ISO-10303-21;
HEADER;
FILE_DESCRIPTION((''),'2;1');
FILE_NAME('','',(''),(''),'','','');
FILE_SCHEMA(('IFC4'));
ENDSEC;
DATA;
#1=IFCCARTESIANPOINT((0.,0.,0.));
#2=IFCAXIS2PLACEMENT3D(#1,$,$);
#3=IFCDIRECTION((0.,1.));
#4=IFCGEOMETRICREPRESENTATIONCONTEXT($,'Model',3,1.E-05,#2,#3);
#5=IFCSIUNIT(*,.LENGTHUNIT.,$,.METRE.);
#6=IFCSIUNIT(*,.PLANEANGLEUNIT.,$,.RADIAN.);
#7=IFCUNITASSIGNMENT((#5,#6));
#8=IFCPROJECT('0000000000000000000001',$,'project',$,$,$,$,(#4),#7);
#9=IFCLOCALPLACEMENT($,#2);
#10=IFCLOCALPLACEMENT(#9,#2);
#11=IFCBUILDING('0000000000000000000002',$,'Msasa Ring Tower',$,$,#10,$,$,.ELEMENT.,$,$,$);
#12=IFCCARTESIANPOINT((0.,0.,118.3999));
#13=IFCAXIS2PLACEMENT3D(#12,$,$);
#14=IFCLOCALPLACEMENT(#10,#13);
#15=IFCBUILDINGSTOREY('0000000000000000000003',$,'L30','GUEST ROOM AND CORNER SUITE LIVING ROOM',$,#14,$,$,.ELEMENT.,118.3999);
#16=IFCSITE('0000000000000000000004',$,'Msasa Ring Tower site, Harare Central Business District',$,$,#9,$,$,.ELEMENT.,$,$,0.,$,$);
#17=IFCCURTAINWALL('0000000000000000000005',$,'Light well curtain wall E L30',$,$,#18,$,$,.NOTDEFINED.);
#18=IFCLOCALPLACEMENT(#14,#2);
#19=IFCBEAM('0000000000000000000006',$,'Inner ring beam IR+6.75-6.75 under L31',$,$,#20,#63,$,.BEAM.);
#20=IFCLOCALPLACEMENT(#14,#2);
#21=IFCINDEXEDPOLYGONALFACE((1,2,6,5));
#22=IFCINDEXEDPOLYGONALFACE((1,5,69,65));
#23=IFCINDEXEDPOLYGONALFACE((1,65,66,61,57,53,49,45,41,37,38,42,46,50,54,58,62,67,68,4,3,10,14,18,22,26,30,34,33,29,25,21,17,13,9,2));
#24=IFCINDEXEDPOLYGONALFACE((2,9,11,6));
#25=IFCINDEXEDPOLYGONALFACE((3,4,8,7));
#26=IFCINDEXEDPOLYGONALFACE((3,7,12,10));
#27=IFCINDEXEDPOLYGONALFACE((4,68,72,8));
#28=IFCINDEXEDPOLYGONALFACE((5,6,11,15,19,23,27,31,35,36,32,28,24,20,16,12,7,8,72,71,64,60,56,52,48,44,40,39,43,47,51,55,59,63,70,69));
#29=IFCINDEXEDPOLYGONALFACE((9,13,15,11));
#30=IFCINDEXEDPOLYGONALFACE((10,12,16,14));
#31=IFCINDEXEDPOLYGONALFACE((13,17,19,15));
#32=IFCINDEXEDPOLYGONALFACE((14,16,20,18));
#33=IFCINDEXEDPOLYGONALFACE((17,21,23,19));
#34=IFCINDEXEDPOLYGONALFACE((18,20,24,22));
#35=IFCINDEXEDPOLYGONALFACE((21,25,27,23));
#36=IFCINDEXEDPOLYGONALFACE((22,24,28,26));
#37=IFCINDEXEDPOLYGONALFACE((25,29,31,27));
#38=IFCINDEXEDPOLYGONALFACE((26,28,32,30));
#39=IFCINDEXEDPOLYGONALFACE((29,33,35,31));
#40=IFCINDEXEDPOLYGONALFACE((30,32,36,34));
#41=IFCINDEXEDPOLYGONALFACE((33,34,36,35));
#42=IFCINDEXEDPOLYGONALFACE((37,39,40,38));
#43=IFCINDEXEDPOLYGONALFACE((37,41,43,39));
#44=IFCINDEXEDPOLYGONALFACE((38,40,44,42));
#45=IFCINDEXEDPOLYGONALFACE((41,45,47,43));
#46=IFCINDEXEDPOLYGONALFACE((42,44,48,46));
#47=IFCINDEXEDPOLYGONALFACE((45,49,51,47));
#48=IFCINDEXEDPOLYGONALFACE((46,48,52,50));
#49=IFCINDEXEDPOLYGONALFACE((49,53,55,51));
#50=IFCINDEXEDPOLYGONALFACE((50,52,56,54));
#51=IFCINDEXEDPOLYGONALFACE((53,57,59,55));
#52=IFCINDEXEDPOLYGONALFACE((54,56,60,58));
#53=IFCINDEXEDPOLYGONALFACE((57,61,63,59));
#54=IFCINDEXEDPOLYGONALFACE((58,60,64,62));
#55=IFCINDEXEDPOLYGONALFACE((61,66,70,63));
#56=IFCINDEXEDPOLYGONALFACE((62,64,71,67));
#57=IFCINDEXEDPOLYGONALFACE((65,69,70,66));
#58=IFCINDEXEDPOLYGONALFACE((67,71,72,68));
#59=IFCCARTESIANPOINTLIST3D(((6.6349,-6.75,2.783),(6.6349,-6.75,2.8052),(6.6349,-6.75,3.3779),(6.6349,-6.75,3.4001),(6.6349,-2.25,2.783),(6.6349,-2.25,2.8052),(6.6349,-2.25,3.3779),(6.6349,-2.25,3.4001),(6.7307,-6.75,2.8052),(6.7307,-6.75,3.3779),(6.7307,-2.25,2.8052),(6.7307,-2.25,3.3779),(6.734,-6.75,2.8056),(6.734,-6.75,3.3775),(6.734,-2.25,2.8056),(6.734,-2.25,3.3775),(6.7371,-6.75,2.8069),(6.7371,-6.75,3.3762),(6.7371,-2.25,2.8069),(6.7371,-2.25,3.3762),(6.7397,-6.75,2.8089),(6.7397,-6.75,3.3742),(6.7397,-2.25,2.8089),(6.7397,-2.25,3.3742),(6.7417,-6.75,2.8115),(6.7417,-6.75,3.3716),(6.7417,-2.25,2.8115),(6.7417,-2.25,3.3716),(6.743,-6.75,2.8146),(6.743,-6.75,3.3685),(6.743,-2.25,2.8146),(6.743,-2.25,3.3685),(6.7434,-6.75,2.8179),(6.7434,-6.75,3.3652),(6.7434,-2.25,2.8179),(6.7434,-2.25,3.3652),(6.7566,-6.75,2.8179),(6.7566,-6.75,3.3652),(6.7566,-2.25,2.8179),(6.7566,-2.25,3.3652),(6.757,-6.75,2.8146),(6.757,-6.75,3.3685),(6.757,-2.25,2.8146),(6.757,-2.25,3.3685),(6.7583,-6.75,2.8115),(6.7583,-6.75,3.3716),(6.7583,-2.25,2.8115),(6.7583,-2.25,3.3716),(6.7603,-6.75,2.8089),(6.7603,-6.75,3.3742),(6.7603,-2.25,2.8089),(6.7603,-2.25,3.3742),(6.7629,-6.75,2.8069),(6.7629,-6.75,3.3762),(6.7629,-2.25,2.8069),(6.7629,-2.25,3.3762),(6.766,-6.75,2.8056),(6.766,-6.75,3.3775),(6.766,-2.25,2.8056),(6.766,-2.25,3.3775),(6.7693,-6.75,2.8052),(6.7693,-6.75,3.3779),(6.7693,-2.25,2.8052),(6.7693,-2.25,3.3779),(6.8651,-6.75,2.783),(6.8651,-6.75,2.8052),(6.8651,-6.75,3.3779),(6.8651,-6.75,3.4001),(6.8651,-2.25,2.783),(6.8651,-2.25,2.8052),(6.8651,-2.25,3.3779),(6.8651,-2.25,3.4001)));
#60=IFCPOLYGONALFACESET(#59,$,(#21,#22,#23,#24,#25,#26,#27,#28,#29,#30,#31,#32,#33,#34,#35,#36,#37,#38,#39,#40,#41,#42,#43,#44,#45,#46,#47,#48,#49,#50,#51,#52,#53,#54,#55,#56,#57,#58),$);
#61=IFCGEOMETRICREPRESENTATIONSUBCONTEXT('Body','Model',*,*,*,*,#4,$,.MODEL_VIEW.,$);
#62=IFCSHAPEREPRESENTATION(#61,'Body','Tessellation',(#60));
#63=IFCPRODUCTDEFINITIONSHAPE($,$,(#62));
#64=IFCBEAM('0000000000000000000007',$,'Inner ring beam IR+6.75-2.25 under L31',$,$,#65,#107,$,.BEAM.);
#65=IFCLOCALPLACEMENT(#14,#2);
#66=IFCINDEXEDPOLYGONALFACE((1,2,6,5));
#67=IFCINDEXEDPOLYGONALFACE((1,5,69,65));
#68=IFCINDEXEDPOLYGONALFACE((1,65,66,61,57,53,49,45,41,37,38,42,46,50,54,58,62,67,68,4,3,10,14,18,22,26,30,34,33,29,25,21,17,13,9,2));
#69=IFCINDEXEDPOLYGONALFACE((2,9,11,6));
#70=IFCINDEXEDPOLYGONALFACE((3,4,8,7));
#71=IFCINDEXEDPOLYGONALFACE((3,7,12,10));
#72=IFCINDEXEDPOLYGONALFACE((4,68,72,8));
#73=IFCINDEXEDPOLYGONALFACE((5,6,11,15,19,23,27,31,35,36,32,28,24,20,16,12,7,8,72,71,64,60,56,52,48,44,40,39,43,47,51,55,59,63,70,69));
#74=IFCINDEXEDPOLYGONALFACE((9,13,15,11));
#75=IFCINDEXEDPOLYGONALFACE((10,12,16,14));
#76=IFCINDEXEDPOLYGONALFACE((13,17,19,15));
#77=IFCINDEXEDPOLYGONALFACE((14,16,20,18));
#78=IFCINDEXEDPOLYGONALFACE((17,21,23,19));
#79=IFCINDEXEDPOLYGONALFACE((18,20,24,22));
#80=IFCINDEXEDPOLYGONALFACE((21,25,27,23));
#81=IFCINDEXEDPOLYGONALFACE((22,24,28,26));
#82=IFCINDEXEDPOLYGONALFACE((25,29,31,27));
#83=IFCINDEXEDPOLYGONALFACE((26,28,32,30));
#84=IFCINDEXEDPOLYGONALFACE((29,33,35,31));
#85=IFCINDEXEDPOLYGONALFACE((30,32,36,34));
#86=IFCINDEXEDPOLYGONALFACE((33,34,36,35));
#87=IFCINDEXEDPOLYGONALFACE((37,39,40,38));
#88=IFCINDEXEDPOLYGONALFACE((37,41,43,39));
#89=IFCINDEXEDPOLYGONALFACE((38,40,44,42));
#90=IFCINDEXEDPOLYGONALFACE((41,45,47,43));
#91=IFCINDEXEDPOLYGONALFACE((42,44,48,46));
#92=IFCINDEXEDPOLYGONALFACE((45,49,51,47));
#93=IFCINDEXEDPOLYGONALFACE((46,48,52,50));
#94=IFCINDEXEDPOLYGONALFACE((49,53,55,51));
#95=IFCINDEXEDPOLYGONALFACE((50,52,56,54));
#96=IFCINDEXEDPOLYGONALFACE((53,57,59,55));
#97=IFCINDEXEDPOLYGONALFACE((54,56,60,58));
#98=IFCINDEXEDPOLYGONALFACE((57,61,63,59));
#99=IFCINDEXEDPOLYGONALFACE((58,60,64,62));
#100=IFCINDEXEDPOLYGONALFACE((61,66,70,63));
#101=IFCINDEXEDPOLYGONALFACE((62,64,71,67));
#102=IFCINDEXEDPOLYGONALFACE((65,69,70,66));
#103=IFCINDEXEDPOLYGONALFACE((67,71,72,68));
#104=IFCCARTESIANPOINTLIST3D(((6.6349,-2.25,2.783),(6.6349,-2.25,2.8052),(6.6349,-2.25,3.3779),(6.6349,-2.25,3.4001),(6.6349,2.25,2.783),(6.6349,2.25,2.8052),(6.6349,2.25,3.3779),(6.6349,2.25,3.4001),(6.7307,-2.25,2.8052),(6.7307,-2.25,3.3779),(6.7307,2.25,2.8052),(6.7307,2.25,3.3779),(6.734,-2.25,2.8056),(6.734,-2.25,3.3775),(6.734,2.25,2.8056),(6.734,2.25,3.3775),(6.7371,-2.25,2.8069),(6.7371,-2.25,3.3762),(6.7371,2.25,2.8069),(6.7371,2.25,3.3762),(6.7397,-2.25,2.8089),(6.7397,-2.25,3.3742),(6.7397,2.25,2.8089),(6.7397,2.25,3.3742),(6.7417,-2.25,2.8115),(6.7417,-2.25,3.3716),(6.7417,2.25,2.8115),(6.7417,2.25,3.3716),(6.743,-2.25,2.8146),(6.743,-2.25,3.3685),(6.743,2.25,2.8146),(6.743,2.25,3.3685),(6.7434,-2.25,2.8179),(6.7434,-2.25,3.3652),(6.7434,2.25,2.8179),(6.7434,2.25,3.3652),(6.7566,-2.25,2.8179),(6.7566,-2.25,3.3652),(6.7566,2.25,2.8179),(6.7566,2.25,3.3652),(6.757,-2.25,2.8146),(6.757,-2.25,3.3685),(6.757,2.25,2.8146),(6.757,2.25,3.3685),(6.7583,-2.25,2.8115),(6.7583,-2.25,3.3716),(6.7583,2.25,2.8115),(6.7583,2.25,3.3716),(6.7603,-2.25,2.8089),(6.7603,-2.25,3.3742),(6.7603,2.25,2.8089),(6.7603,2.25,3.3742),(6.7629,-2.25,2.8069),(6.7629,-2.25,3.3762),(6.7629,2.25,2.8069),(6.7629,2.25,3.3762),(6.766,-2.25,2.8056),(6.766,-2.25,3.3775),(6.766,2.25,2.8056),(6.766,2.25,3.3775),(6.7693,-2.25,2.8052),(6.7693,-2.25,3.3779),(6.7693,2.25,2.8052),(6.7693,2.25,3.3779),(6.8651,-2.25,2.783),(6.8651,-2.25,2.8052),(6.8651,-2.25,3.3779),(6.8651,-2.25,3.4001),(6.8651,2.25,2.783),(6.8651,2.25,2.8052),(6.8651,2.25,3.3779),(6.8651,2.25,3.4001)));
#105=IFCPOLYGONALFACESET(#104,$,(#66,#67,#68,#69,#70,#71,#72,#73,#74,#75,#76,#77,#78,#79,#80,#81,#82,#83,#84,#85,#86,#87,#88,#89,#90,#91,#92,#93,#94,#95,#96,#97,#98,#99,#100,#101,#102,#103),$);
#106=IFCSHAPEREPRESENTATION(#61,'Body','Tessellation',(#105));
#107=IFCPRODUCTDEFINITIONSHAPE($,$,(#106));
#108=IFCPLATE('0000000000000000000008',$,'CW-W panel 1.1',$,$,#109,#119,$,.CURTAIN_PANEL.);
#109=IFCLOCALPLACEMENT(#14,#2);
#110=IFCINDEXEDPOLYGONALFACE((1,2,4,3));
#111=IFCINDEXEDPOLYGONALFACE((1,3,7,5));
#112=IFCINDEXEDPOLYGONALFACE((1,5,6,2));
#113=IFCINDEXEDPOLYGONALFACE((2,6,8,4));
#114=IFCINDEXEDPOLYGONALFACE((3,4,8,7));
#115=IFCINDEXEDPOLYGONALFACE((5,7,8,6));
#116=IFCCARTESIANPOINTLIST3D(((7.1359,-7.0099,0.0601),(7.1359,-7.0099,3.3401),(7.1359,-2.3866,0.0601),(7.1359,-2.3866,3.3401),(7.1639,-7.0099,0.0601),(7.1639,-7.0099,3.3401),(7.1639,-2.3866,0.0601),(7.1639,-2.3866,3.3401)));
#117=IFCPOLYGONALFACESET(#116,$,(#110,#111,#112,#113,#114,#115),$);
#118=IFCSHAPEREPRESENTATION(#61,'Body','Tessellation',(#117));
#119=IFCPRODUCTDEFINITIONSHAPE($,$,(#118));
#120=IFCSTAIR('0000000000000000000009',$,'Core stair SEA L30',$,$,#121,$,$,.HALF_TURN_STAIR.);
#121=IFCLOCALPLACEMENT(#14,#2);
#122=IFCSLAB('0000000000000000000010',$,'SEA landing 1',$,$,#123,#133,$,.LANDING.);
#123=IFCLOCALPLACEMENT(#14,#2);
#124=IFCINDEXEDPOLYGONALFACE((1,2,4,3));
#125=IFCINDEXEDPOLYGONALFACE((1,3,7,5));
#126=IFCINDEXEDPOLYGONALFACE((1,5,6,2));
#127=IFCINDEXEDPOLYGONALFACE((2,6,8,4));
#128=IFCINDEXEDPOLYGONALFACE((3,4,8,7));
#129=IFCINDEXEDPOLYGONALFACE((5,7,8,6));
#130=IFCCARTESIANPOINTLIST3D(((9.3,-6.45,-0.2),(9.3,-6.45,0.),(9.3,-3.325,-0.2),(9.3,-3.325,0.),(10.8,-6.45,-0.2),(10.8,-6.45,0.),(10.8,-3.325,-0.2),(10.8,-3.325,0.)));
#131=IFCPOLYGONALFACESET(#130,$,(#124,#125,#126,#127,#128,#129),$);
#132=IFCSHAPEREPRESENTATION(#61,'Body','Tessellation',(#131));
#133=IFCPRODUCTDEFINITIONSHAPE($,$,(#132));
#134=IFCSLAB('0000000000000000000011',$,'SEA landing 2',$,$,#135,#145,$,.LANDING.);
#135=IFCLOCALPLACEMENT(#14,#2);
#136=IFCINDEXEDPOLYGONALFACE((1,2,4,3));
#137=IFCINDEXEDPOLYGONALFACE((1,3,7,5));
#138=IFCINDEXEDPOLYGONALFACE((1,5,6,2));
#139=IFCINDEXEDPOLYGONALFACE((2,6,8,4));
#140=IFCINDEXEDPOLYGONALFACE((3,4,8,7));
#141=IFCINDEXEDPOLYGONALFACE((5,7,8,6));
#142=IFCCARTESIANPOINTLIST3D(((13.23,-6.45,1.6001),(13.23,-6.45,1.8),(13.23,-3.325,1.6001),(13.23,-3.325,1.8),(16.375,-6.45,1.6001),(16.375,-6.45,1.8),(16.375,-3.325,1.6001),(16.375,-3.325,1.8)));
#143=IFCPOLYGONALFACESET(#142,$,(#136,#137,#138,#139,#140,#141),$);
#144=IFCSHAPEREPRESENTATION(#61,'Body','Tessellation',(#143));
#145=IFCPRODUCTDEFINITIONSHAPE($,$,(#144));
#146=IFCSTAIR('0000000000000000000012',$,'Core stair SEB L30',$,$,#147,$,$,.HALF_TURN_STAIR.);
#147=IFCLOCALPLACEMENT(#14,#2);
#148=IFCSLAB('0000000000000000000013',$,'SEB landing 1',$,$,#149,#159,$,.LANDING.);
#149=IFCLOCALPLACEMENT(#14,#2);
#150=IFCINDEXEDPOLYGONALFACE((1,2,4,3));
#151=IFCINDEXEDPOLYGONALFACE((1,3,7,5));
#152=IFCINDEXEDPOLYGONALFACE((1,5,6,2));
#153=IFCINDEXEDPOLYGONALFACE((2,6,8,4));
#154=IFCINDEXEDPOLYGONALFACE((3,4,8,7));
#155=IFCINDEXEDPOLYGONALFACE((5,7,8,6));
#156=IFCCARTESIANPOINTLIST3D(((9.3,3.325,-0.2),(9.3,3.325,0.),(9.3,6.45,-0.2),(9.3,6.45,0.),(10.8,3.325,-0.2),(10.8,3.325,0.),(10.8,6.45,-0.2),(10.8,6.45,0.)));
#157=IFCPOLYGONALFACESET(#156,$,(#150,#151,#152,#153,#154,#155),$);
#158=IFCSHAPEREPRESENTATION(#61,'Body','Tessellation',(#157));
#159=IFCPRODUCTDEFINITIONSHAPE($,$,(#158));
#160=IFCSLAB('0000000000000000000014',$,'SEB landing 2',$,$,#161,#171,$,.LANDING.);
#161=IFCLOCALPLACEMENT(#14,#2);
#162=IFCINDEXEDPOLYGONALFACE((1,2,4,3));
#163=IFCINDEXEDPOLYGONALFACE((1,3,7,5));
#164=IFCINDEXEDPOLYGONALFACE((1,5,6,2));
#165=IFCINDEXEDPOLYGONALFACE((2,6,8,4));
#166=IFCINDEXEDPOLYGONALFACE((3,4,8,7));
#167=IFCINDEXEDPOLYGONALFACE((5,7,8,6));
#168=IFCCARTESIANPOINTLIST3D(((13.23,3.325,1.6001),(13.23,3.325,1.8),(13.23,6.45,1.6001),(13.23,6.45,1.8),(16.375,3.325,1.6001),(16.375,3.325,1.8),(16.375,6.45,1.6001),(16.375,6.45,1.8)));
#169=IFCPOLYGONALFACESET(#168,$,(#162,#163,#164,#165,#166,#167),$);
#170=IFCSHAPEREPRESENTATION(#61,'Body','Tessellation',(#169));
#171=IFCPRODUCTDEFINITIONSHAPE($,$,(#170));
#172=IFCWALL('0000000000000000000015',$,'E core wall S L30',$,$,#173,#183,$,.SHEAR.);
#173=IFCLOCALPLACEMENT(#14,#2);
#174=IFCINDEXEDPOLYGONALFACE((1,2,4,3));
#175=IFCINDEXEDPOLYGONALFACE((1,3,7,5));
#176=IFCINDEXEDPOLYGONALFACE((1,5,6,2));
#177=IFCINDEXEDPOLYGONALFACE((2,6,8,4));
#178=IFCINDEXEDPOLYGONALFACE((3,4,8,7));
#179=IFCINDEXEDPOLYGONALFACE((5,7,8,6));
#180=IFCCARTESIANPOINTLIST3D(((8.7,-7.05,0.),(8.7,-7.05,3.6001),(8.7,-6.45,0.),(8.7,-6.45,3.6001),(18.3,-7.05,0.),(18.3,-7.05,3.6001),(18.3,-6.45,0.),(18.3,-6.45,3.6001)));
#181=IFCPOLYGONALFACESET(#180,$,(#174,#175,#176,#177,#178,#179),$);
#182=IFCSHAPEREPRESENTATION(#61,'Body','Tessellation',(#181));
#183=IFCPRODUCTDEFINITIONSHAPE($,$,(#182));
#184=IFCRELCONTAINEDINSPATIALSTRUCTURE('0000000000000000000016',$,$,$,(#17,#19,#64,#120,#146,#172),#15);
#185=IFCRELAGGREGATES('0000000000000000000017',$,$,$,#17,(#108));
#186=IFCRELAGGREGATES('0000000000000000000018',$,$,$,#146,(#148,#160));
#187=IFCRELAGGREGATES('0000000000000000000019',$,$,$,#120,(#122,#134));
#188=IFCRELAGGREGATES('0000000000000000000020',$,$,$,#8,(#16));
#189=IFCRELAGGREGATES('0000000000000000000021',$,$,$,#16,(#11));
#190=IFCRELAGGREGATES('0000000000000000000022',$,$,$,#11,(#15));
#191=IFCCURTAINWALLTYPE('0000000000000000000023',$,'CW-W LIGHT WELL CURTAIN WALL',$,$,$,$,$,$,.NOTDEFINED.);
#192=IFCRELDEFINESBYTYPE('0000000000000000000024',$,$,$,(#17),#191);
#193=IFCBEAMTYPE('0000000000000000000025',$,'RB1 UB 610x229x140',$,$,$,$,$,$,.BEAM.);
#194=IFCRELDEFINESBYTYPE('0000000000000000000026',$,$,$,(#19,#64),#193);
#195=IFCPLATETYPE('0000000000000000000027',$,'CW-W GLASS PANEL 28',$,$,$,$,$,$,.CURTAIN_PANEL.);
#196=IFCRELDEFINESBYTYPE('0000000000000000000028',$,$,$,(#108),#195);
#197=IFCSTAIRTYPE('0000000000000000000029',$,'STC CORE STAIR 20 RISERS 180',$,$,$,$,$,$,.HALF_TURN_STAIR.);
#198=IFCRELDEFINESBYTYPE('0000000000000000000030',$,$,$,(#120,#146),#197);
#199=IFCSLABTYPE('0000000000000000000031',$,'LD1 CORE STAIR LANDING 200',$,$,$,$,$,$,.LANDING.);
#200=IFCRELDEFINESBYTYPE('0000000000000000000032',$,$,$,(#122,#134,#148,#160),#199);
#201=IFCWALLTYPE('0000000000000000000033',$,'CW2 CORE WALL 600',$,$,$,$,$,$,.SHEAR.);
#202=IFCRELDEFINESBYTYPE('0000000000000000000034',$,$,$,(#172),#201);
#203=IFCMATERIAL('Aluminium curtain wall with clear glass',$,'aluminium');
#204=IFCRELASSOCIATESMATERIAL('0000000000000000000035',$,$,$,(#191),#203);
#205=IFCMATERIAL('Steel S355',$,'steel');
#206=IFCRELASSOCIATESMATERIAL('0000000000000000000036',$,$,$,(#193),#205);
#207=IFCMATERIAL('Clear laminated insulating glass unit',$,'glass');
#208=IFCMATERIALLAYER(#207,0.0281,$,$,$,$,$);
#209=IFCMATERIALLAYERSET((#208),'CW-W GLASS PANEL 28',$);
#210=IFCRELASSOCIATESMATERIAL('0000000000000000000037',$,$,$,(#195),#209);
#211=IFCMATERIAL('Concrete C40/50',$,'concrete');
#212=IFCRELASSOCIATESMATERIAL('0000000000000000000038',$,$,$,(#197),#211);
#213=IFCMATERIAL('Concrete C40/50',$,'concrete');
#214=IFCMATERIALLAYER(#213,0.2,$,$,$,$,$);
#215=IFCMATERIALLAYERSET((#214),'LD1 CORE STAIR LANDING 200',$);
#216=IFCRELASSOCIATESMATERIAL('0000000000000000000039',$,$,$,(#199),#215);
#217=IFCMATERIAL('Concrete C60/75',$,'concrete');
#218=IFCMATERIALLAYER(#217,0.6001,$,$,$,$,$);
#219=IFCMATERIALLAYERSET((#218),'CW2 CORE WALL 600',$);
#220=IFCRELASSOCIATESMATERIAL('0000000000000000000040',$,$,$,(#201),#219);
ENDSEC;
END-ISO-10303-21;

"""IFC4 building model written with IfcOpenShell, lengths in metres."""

from ifc_helpers import new_model, si_unit, direction, frame, frame_2d, origin, origin_2d, place, context, subcontext, project, spatial, polyline, rectangle, i_section, outline, extrude, material, layer, layer_set, material_profile, profile_set, type_object, element, aggregate, save


model = new_model("IFC4")

# Units and contexts
model_context = context("Model", 3, precision=1e-05, world=origin(), true_north=direction((0.0, 1.0)))
body_context = subcontext(model_context, "Body", "Model", "MODEL_VIEW")
ifc_project = project(units=[si_unit("LENGTHUNIT", "METRE"), si_unit("PLANEANGLEUNIT", "RADIAN")], contexts=[model_context])

# Site, building, storey
site_placement = place(None, origin())
site = spatial("IfcSite", under=ifc_project, at=site_placement, Name="Msasa Ring Tower site, Harare Central Business District", CompositionType="ELEMENT", RefElevation=0.0)
building_placement = place(site_placement, origin())
building = spatial("IfcBuilding", under=site, at=building_placement, Name="Msasa Ring Tower", CompositionType="ELEMENT")
storey_placement = place(building_placement, frame((0.0, 0.0, 118.3999)))
storey = spatial("IfcBuildingStorey", under=building, at=storey_placement, Name="L30", Description="GUEST ROOM AND CORNER SUITE LIVING ROOM", CompositionType="ELEMENT", Elevation=118.3999)

# Shared definitions
ifc_material_1 = material(Name="Aluminium curtain wall with clear glass", Category="aluminium")
curtain_wall_type = type_object("IfcCurtainWallType", Name="CW-W LIGHT WELL CURTAIN WALL", PredefinedType="NOTDEFINED", material=ifc_material_1)

# Curtain wall
curtain_wall_1_placement = place(storey_placement, origin())
curtain_wall_1 = element("IfcCurtainWall", 1, at=curtain_wall_1_placement, inside=storey, type_object=curtain_wall_type, Name="Light well curtain wall E L30", PredefinedType="NOTDEFINED")

# Beams
ifc_material_2 = material(Name="Steel S355", Category="steel")
ifc_material_profile_1 = material_profile(ifc_material_2, i_section(OverallWidth=0.2302, OverallDepth=0.6172, WebThickness=0.0132, FlangeThickness=0.0222, FilletRadius=0.0127, at=origin_2d()), Name="UB 610x229x140")
ifc_profile_set_1 = profile_set([ifc_material_profile_1], Name="Steel S355")
beam_type = type_object("IfcBeamType", Name="RB1 UB 610x229x140", PredefinedType="BEAM", material=ifc_profile_set_1)
for number, where, z_axis, x_axis, name in (
    (2, (6.75, -6.75, 3.0916), (0.0, 1.0, 0.0), (-1.0, 0.0, 0.0), "Inner ring beam IR+6.75-6.75 under L31"),
    (3, (6.75, -2.25, 3.0916), (0.0, 1.0, 0.0), (-1.0, 0.0, 0.0), "Inner ring beam IR+6.75-2.25 under L31"),
):
    element("IfcBeam", number, at=place(storey_placement, frame(where, z_axis=z_axis, x_axis=x_axis)), inside=storey, type_object=beam_type, Name=name, PredefinedType="BEAM", context=body_context, shape_type="SweptSolid", body=[
        extrude(i_section(OverallWidth=0.2302, OverallDepth=0.6172, WebThickness=0.0132, FlangeThickness=0.0222, FilletRadius=0.0127, at=origin_2d()), origin(), (0.0, 0.0, 1.0), 4.5),
    ])

# Plate
ifc_material_3 = material(Name="Clear laminated insulating glass unit", Category="glass")
ifc_layer_1 = layer(ifc_material_3, 0.0281)
ifc_layer_set_1 = layer_set([ifc_layer_1], Name="CW-W GLASS PANEL 28")
plate_type = type_object("IfcPlateType", Name="CW-W GLASS PANEL 28", PredefinedType="CURTAIN_PANEL", material=ifc_layer_set_1)
plate_placement = place(storey_placement, frame((7.1499, -4.6982, 0.0601), z_axis=(0.0, 0.0, 1.0), x_axis=(0.0, 1.0, 0.0)))
plate = element("IfcPlate", 4, at=plate_placement, type_object=plate_type, Name="CW-W panel 1.1", PredefinedType="CURTAIN_PANEL", context=body_context, shape_type="SweptSolid", body=[
    extrude(rectangle(XDim=4.6233, YDim=0.0281, at=origin_2d()), origin(), (0.0, 0.0, 1.0), 3.28),
])
aggregate(curtain_wall_1, [plate])

# Stairs, slabs
ifc_material_4 = material(Name="Concrete C40/50", Category="concrete")
stair_type = type_object("IfcStairType", Name="STC CORE STAIR 20 RISERS 180", PredefinedType="HALF_TURN_STAIR", material=ifc_material_4)
stair_1_placement = place(storey_placement, origin())
stair_1 = element("IfcStair", 5, at=stair_1_placement, inside=storey, type_object=stair_type, Name="Core stair SEA L30", PredefinedType="HALF_TURN_STAIR")
ifc_material_5 = material(Name="Concrete C40/50", Category="concrete")
ifc_layer_2 = layer(ifc_material_5, 0.2)
ifc_layer_set_2 = layer_set([ifc_layer_2], Name="LD1 CORE STAIR LANDING 200")
slab_type = type_object("IfcSlabType", Name="LD1 CORE STAIR LANDING 200", PredefinedType="LANDING", material=ifc_layer_set_2)
slab_1_placement = place(storey_placement, frame((0.0, 0.0, -0.2)))
slab_1 = element("IfcSlab", 6, at=slab_1_placement, type_object=slab_type, Name="SEA landing 1", PredefinedType="LANDING", context=body_context, shape_type="SweptSolid", body=[
    extrude(outline(polyline([(9.3, -6.45), (10.8, -6.45), (10.8, -3.325), (9.3, -3.325), (9.3, -6.45)])), origin(), (0.0, 0.0, 1.0), 0.2),
])
slab_2_placement = place(storey_placement, frame((0.0, 0.0, 1.6001)))
slab_2 = element("IfcSlab", 7, at=slab_2_placement, type_object=slab_type, Name="SEA landing 2", PredefinedType="LANDING", context=body_context, shape_type="SweptSolid", body=[
    extrude(outline(polyline([(13.23, -6.45), (16.375, -6.45), (16.375, -3.325), (13.23, -3.325), (13.23, -6.45)])), origin(), (0.0, 0.0, 1.0), 0.2),
])
stair_2_placement = place(storey_placement, origin())
stair_2 = element("IfcStair", 8, at=stair_2_placement, inside=storey, type_object=stair_type, Name="Core stair SEB L30", PredefinedType="HALF_TURN_STAIR")
slab_3_placement = place(storey_placement, frame((0.0, 0.0, -0.2)))
slab_3 = element("IfcSlab", 9, at=slab_3_placement, type_object=slab_type, Name="SEB landing 1", PredefinedType="LANDING", context=body_context, shape_type="SweptSolid", body=[
    extrude(outline(polyline([(9.3, 3.325), (10.8, 3.325), (10.8, 6.45), (9.3, 6.45), (9.3, 3.325)])), origin(), (0.0, 0.0, 1.0), 0.2),
])
slab_4_placement = place(storey_placement, frame((0.0, 0.0, 1.6001)))
slab_4 = element("IfcSlab", 10, at=slab_4_placement, type_object=slab_type, Name="SEB landing 2", PredefinedType="LANDING", context=body_context, shape_type="SweptSolid", body=[
    extrude(outline(polyline([(13.23, 3.325), (16.375, 3.325), (16.375, 6.45), (13.23, 6.45), (13.23, 3.325)])), origin(), (0.0, 0.0, 1.0), 0.2),
])
aggregate(stair_2, [slab_3, slab_4])

# Wall
ifc_material_6 = material(Name="Concrete C60/75", Category="concrete")
ifc_layer_3 = layer(ifc_material_6, 0.6001)
ifc_layer_set_3 = layer_set([ifc_layer_3], Name="CW2 CORE WALL 600")
wall_type_1 = type_object("IfcWallType", Name="CW2 CORE WALL 600", PredefinedType="SHEAR", material=ifc_layer_set_3)
wall_1_placement = place(storey_placement, frame((8.7, -6.75, 0.0), z_axis=(0.0, 0.0, 1.0), x_axis=(1.0, 0.0, 0.0)))
element("IfcWall", 11, at=wall_1_placement, inside=storey, type_object=wall_type_1, Name="E core wall S L30", PredefinedType="SHEAR", context=body_context, shape_type="SweptSolid", body=[
    extrude(rectangle(XDim=9.6001, YDim=0.6001, at=frame_2d((4.8, 0.0))), origin(), (0.0, 0.0, 1.0), 3.6001),
])

aggregate(stair_1, [slab_1, slab_2])

save(model, "model.ifc")
